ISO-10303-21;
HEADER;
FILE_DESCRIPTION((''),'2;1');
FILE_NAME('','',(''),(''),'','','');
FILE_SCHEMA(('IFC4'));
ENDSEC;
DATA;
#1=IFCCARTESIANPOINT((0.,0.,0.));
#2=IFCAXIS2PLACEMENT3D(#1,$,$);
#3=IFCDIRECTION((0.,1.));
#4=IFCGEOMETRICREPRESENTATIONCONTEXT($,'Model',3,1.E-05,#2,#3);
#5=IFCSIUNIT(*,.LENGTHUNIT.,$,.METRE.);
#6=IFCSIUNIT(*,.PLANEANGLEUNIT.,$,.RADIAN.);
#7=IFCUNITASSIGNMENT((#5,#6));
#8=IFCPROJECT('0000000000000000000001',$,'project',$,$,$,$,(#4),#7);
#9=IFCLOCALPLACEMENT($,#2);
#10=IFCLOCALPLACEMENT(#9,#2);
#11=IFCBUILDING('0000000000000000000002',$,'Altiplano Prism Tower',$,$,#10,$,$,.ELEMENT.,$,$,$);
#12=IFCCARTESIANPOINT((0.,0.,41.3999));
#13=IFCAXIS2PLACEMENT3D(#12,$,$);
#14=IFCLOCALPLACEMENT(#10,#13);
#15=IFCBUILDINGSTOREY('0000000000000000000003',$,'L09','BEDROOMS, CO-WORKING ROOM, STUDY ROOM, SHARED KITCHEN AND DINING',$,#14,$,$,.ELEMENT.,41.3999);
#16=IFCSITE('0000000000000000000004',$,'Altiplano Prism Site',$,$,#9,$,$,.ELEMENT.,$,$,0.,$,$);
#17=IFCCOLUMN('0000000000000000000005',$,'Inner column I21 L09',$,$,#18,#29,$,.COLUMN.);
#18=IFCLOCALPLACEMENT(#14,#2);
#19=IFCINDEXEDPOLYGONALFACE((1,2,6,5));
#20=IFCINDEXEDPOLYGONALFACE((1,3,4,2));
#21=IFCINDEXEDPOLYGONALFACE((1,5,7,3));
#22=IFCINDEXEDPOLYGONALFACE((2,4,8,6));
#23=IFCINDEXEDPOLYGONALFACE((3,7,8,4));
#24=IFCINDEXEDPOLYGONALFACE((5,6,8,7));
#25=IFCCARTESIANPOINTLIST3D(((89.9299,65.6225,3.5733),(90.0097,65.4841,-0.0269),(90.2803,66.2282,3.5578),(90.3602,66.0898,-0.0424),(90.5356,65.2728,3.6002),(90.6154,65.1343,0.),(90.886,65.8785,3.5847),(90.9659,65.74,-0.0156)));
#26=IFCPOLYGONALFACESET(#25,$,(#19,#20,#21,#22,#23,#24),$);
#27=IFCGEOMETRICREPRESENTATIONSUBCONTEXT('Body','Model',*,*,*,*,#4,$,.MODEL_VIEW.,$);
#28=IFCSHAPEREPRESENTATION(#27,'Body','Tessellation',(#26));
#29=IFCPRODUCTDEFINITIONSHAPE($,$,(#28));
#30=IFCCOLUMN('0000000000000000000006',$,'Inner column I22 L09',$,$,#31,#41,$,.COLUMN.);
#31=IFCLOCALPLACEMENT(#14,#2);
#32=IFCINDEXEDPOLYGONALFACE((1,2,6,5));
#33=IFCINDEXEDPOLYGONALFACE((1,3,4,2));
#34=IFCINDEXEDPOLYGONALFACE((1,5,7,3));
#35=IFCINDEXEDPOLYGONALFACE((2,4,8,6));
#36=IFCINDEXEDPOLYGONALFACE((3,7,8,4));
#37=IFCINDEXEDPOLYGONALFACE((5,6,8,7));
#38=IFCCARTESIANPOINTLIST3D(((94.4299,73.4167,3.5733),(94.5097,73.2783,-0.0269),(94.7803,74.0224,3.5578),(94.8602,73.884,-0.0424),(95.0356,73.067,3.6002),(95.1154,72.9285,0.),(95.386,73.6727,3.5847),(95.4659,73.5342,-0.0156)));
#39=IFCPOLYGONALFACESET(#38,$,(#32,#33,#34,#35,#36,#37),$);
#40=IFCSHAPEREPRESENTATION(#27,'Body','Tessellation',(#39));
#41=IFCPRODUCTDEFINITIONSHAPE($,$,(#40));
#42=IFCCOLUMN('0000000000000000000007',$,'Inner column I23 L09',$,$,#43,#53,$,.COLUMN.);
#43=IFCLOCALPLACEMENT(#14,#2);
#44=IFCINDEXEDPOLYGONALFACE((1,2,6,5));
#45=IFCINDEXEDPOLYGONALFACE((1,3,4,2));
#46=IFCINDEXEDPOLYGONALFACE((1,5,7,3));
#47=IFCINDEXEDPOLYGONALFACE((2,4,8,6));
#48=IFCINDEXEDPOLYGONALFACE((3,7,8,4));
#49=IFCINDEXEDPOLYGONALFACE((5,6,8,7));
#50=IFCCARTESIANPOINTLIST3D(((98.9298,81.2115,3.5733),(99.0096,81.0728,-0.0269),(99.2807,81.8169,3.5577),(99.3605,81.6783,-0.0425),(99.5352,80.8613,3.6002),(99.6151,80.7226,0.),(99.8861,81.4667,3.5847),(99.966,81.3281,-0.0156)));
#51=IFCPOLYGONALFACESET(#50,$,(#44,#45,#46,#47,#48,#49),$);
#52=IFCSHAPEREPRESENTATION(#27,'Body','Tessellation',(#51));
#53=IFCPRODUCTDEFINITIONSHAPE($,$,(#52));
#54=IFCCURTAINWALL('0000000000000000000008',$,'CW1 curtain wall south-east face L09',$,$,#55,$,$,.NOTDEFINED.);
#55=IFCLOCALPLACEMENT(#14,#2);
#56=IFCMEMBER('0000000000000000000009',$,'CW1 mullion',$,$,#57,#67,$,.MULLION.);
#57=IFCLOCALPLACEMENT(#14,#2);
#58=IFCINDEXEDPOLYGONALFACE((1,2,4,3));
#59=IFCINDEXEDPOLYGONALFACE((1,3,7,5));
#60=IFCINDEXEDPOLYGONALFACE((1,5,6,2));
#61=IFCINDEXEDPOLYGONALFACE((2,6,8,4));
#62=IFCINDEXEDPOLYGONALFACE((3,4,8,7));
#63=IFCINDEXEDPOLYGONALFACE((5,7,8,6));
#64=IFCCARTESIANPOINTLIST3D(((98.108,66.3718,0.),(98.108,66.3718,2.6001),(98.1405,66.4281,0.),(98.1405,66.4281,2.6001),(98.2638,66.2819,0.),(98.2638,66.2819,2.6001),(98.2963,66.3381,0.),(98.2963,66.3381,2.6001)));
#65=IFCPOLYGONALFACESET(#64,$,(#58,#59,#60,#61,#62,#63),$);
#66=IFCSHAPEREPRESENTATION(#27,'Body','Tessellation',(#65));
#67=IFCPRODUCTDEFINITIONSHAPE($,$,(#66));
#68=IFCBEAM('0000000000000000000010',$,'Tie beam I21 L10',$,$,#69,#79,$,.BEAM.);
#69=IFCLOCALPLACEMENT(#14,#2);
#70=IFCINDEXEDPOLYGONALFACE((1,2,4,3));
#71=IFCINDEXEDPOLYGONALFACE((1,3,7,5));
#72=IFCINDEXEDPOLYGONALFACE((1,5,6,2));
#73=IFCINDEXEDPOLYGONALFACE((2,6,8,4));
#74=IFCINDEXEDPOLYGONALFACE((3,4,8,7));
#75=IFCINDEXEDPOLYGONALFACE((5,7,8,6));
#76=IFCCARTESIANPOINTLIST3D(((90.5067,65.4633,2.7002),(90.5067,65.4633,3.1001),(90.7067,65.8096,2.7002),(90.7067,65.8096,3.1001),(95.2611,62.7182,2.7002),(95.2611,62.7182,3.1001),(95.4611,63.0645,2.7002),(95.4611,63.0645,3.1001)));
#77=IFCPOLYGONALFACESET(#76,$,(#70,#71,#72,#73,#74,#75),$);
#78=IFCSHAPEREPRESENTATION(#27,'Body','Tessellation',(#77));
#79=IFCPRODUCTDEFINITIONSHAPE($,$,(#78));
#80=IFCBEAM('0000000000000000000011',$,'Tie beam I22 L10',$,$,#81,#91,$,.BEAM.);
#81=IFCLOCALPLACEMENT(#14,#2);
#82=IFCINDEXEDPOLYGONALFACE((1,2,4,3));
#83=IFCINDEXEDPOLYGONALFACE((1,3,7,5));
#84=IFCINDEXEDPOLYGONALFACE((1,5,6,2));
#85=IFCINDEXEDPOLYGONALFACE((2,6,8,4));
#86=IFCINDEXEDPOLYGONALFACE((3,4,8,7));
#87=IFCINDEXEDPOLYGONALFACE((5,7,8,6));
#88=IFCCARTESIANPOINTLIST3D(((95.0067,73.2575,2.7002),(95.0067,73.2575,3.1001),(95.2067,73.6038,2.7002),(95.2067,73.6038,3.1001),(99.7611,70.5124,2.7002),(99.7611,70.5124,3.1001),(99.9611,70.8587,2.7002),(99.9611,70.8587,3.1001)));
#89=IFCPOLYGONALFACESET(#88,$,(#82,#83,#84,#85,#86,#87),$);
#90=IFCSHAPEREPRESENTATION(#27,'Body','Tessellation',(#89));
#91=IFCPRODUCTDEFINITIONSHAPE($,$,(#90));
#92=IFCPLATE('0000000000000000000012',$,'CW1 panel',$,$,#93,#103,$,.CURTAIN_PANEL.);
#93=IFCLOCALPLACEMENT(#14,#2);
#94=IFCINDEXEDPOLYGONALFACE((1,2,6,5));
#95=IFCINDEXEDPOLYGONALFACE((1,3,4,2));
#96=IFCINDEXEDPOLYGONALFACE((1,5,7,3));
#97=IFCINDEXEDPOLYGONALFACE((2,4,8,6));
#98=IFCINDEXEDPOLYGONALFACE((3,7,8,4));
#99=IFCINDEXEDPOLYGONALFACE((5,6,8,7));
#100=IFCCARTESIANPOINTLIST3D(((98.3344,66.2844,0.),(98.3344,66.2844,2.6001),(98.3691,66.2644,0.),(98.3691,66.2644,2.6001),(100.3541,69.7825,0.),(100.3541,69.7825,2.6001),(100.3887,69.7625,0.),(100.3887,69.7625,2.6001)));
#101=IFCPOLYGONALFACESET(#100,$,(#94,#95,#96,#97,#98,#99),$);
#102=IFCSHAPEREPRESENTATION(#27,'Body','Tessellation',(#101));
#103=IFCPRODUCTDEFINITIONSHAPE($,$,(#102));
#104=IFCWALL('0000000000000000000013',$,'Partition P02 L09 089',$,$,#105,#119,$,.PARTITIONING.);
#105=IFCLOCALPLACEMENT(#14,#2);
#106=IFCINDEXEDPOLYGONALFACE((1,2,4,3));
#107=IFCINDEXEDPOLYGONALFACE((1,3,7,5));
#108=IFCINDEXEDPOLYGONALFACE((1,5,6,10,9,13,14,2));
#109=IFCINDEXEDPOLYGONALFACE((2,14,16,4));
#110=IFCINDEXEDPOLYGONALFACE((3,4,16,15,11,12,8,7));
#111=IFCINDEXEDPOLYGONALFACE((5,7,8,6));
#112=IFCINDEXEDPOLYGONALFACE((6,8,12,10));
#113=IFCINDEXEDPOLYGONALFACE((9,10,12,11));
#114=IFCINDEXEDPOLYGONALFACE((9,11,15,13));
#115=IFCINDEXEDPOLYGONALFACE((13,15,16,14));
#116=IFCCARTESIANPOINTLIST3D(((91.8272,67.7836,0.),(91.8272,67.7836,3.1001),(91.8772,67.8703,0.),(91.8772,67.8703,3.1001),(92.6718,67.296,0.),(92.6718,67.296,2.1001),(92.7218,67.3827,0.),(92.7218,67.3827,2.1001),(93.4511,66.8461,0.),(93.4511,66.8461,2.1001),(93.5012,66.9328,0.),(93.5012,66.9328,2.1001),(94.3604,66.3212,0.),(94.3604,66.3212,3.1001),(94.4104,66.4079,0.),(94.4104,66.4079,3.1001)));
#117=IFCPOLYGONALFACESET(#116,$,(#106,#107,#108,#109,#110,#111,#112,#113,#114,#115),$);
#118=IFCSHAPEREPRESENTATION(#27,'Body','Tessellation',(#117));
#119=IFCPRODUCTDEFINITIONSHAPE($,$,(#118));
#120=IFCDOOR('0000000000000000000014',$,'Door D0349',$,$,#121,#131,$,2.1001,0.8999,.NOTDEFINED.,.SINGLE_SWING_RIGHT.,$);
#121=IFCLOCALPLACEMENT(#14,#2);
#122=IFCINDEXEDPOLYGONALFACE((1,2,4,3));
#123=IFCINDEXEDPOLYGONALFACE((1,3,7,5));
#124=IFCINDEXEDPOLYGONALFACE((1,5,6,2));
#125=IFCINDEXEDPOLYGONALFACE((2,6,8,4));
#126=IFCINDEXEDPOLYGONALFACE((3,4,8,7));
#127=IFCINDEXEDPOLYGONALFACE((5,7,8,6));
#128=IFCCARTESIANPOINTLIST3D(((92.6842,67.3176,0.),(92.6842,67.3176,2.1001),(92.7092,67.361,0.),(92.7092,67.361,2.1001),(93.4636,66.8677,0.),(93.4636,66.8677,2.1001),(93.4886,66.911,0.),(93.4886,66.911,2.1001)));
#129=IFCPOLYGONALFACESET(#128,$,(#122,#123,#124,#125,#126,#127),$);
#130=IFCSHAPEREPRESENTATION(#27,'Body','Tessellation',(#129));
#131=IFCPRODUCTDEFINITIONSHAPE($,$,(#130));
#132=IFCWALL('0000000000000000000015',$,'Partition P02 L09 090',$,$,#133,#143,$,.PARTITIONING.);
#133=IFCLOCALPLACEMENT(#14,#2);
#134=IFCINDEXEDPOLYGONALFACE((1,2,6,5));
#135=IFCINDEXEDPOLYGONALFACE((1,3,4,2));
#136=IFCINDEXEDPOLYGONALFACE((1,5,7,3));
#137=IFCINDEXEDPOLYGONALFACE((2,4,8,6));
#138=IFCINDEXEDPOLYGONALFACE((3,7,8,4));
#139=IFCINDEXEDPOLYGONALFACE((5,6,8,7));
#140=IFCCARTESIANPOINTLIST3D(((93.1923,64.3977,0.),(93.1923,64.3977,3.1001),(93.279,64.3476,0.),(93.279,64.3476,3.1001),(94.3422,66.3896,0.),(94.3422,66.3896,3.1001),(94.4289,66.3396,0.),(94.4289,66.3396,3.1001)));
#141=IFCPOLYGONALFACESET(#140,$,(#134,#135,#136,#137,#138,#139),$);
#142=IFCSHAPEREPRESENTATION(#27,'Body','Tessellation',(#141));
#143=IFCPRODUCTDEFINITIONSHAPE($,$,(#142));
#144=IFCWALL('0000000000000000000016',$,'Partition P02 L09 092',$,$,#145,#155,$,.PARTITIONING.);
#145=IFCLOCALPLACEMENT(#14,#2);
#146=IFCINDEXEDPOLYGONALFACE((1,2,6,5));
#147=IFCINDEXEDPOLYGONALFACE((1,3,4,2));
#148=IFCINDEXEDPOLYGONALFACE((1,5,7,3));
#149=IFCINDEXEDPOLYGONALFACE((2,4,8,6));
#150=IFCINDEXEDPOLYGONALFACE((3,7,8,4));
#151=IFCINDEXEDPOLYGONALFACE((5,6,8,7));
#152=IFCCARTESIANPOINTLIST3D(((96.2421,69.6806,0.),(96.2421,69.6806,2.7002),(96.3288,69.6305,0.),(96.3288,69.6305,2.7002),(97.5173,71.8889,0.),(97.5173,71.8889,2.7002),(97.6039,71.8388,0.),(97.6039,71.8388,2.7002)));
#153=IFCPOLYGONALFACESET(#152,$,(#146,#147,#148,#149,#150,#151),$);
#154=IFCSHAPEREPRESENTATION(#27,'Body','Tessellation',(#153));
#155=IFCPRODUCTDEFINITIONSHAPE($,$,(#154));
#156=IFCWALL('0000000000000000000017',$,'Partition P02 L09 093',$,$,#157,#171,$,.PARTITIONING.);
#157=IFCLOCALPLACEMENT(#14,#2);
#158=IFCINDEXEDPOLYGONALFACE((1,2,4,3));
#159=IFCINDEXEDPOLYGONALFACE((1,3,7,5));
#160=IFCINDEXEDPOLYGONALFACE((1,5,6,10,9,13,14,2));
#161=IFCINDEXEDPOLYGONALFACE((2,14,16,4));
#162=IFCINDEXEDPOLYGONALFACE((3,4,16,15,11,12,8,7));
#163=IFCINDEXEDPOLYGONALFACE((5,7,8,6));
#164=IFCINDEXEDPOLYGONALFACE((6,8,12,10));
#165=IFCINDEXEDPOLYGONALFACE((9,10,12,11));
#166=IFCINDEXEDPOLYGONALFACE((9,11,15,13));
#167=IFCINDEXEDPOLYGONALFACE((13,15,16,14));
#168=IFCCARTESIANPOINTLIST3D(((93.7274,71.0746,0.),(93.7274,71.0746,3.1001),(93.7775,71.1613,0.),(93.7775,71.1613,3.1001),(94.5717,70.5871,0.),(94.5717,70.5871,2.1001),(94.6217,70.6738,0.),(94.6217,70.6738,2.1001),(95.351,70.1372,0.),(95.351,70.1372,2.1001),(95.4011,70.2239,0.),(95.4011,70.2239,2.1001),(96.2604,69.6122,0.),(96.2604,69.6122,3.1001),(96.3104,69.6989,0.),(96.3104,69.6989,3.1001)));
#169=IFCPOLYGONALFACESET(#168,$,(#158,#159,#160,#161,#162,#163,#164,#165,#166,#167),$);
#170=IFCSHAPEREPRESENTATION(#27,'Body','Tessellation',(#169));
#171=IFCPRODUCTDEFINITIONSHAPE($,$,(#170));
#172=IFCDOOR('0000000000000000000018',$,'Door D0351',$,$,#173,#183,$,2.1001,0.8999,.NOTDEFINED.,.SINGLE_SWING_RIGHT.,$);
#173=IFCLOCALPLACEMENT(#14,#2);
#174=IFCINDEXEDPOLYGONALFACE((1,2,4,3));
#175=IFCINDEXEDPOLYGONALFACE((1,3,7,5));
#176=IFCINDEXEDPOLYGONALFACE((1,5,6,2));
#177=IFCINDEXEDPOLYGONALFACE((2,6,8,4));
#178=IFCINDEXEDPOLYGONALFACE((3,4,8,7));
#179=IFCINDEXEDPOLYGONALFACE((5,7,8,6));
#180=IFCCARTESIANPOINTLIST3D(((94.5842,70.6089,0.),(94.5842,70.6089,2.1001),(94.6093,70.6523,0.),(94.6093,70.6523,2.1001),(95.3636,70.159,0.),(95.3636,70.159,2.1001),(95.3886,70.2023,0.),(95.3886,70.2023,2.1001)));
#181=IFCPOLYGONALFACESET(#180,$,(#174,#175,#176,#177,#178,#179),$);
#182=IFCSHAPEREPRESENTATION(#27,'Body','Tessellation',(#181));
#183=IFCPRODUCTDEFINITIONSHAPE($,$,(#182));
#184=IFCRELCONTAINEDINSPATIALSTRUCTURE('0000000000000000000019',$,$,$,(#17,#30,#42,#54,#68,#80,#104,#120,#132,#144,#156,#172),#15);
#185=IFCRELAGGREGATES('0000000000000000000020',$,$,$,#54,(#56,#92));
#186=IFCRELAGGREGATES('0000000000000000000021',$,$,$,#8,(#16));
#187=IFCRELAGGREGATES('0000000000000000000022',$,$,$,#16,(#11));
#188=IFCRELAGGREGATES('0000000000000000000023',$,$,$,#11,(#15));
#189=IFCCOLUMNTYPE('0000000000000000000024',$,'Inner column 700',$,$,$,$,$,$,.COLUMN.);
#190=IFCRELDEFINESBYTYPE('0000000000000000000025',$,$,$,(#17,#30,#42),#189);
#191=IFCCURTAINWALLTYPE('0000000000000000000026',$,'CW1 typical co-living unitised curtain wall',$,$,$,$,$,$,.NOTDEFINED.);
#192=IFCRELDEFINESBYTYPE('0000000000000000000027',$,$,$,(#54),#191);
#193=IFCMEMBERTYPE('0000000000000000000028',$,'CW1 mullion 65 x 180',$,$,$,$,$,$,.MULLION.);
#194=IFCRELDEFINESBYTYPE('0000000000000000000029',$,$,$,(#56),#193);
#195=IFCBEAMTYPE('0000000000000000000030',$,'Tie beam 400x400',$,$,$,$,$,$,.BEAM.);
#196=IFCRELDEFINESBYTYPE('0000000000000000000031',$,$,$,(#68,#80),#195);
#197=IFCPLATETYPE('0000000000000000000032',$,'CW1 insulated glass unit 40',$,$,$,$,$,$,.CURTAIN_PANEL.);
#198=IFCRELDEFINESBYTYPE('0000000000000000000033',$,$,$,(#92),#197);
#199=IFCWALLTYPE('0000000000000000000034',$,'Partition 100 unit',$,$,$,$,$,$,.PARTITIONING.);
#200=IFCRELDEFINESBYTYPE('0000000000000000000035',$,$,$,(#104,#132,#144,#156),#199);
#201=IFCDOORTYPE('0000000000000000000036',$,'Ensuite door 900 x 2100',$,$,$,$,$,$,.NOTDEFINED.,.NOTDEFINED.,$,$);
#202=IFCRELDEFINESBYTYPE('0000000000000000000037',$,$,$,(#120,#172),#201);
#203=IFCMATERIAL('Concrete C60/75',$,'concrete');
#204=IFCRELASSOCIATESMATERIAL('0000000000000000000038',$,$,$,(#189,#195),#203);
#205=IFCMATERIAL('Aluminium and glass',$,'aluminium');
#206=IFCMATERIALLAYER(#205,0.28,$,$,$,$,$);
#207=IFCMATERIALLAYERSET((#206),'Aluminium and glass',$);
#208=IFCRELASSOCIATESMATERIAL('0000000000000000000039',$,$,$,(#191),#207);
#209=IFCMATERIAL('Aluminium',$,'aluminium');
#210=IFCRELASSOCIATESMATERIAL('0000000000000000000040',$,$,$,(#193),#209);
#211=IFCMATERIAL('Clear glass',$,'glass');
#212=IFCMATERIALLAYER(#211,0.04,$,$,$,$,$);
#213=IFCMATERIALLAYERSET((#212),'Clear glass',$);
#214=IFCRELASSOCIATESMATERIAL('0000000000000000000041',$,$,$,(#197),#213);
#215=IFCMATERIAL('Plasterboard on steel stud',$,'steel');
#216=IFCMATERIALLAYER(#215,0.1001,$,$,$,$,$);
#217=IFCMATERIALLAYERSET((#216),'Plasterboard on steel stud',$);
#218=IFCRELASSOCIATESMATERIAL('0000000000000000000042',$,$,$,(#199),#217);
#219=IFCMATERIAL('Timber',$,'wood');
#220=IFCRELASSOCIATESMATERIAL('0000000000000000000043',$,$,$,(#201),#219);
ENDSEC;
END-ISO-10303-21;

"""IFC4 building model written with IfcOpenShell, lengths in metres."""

from ifc_helpers import new_model, si_unit, direction, frame, frame_2d, origin, origin_2d, place, context, subcontext, project, spatial, rectangle, extrude, material, layer, layer_set, material_profile, profile_set, type_object, element, fill, aggregate, save


model = new_model("IFC4")

# Units and contexts
model_context = context("Model", 3, precision=1e-05, world=origin(), true_north=direction((0.0, 1.0)))
body_context = subcontext(model_context, "Body", "Model", "MODEL_VIEW")
ifc_project = project(units=[si_unit("LENGTHUNIT", "METRE"), si_unit("PLANEANGLEUNIT", "RADIAN")], contexts=[model_context])

# Site, building, storey
site_placement = place(None, origin())
site = spatial("IfcSite", under=ifc_project, at=site_placement, Name="Altiplano Prism Site", CompositionType="ELEMENT", RefElevation=0.0)
building_placement = place(site_placement, origin())
building = spatial("IfcBuilding", under=site, at=building_placement, Name="Altiplano Prism Tower", CompositionType="ELEMENT")
storey_placement = place(building_placement, frame((0.0, 0.0, 41.3999)))
storey = spatial("IfcBuildingStorey", under=building, at=storey_placement, Name="L09", Description="BEDROOMS, CO-WORKING ROOM, STUDY ROOM, SHARED KITCHEN AND DINING", CompositionType="ELEMENT", Elevation=41.3999)

# Columns
ifc_material_1 = material(Name="Concrete C60/75", Category="concrete")
ifc_material_profile_1 = material_profile(ifc_material_1, rectangle(XDim=0.7, YDim=0.7, at=origin_2d()), Name="Inner column 700")
ifc_profile_set_1 = profile_set([ifc_material_profile_1], Name="Concrete C60/75")
column_type = type_object("IfcColumnType", Name="Inner column 700", PredefinedType="COLUMN", material=ifc_profile_set_1)
for number, where, z_axis, x_axis, name in (
    (1, (90.4878, 65.6121, -0.0212), (-0.022154, 0.038413, 0.999016), (-0.500653, -0.865364, 0.022172), "Inner column I21 L09"),
    (2, (94.9878, 73.4062, -0.0212), (-0.022154, 0.038413, 0.999016), (-0.500653, -0.865364, 0.022172), "Inner column I22 L09"),
    (3, (99.4878, 81.2004, -0.0212), (-0.022154, 0.038481, 0.999014), (-0.501313, -0.864981, 0.022201), "Inner column I23 L09"),
):
    element("IfcColumn", number, at=place(storey_placement, frame(where, z_axis=z_axis, x_axis=x_axis)), inside=storey, type_object=column_type, Name=name, PredefinedType="COLUMN", context=body_context, shape_type="SweptSolid", body=[
        extrude(rectangle(XDim=0.7, YDim=0.7, at=origin_2d()), origin(), (0.0, 0.0, 1.0), 3.6038),
    ])

# Curtain wall, member
ifc_material_2 = material(Name="Aluminium and glass", Category="aluminium")
ifc_layer_1 = layer(ifc_material_2, 0.28)
ifc_layer_set_1 = layer_set([ifc_layer_1], Name="Aluminium and glass")
curtain_wall_type = type_object("IfcCurtainWallType", Name="CW1 typical co-living unitised curtain wall", PredefinedType="NOTDEFINED", material=ifc_layer_set_1)
curtain_wall_placement = place(storey_placement, origin())
curtain_wall = element("IfcCurtainWall", 4, at=curtain_wall_placement, inside=storey, type_object=curtain_wall_type, Name="CW1 curtain wall south-east face L09", PredefinedType="NOTDEFINED")
ifc_material_3 = material(Name="Aluminium", Category="aluminium")
ifc_material_profile_2 = material_profile(ifc_material_3, rectangle(XDim=0.1799, YDim=0.0649, at=origin_2d()), Name="CW1 mullion 65 x 180")
ifc_profile_set_2 = profile_set([ifc_material_profile_2], Name="Aluminium")
member_type = type_object("IfcMemberType", Name="CW1 mullion 65 x 180", PredefinedType="MULLION", material=ifc_profile_set_2)
member_placement = place(storey_placement, frame((98.2021, 66.355, 0.0), z_axis=(0.0, 0.0, 1.0), x_axis=(-0.866025, 0.5, 0.0)))
member = element("IfcMember", 5, at=member_placement, type_object=member_type, Name="CW1 mullion", PredefinedType="MULLION", context=body_context, shape_type="SweptSolid", body=[
    extrude(rectangle(XDim=0.1799, YDim=0.0649, at=origin_2d()), origin(), (0.0, 0.0, 1.0), 2.6001),
])

# Beams
ifc_material_profile_3 = material_profile(ifc_material_1, rectangle(XDim=0.3999, YDim=0.3999, at=origin_2d()), Name="Tie beam 400x400")
ifc_profile_set_3 = profile_set([ifc_material_profile_3], Name="Concrete C60/75")
beam_type = type_object("IfcBeamType", Name="Tie beam 400x400", PredefinedType="BEAM", material=ifc_profile_set_3)
for number, where, z_axis, x_axis, name in (
    (6, (90.6067, 65.6365, 2.9001), (0.866012, -0.500023, 0.0), (0.500023, 0.866012, 0.0), "Tie beam I21 L10"),
    (7, (95.1067, 73.4307, 2.9001), (0.866012, -0.500023, 0.0), (0.500023, 0.866012, 0.0), "Tie beam I22 L10"),
):
    element("IfcBeam", number, at=place(storey_placement, frame(where, z_axis=z_axis, x_axis=x_axis)), inside=storey, type_object=beam_type, Name=name, PredefinedType="BEAM", context=body_context, shape_type="SweptSolid", body=[
        extrude(rectangle(XDim=0.3999, YDim=0.3999, at=origin_2d()), origin(), (0.0, 0.0, 1.0), 5.49),
    ])

# Plate
ifc_material_4 = material(Name="Clear glass", Category="glass")
ifc_layer_2 = layer(ifc_material_4, 0.04)
ifc_layer_set_2 = layer_set([ifc_layer_2], Name="Clear glass")
plate_type = type_object("IfcPlateType", Name="CW1 insulated glass unit 40", PredefinedType="CURTAIN_PANEL", material=ifc_layer_set_2)
plate_placement = place(storey_placement, frame((99.3616, 68.0234, 0.0), z_axis=(0.0, 0.0, 1.0), x_axis=(0.5, 0.866025, 0.0)))
plate = element("IfcPlate", 8, at=plate_placement, type_object=plate_type, Name="CW1 panel", PredefinedType="CURTAIN_PANEL", context=body_context, shape_type="SweptSolid", body=[
    extrude(rectangle(XDim=4.0393, YDim=0.04, at=origin_2d()), origin(), (0.0, 0.0, 1.0), 2.6001),
])
aggregate(curtain_wall, [member, plate])

# Wall, opening, door
ifc_material_5 = material(Name="Plasterboard on steel stud", Category="steel")
ifc_layer_3 = layer(ifc_material_5, 0.1001)
ifc_layer_set_3 = layer_set([ifc_layer_3], Name="Plasterboard on steel stud")
wall_type_1 = type_object("IfcWallType", Name="Partition 100 unit", PredefinedType="PARTITIONING", material=ifc_layer_set_3)
wall_1_placement = place(storey_placement, frame((91.8523, 67.8269, 0.0), z_axis=(0.0, 0.0, 1.0), x_axis=(0.866047, -0.499963, 0.0)))
wall_1 = element("IfcWall", 9, at=wall_1_placement, inside=storey, type_object=wall_type_1, Name="Partition P02 L09 089", PredefinedType="PARTITIONING", context=body_context, shape_type="SweptSolid", body=[
    extrude(rectangle(XDim=2.925, YDim=0.1001, at=frame_2d((1.4624, 0.0))), origin(), (0.0, 0.0, 1.0), 3.1001),
])
opening_1_placement = place(wall_1_placement, frame((0.9751, 0.0, 0.0)))
opening_1 = element("IfcOpeningElement", 10, at=opening_1_placement, cuts=wall_1, PredefinedType="OPENING", context=body_context, shape_type="SweptSolid", body=[
    extrude(rectangle(XDim=0.8999, YDim=2.1001, at=frame_2d((0.45, 1.05))), frame((0.0, 0.0605, 0.0), z_axis=(0.0, -1.0, 0.0), x_axis=(1.0, 0.0, 0.0)), (0.0, 0.0, 1.0), 0.1211),
])
ifc_material_6 = material(Name="Timber", Category="wood")
door_type = type_object("IfcDoorType", Name="Ensuite door 900 x 2100", OperationType="NOTDEFINED", PredefinedType="NOTDEFINED", material=ifc_material_6)
door_1_placement = place(opening_1_placement, origin())
door_1 = element("IfcDoor", 11, at=door_1_placement, inside=storey, type_object=door_type, Name="Door D0349", OperationType="SINGLE_SWING_RIGHT", OverallHeight=2.1001, OverallWidth=0.8999, PredefinedType="NOTDEFINED", context=body_context, shape_type="SweptSolid", body=[
    extrude(rectangle(XDim=0.8999, YDim=2.1001, at=frame_2d((0.45, 1.05))), frame((0.0, 0.0249, 0.0), z_axis=(0.0, -1.0, 0.0), x_axis=(1.0, 0.0, 0.0)), (0.0, 0.0, 1.0), 0.05),
])
fill(opening_1, door_1)

# Walls
wall_2_placement = place(storey_placement, frame((94.3855, 66.3645, 0.0), z_axis=(0.0, 0.0, 1.0), x_axis=(-0.499952, -0.866053, 0.0)))
element("IfcWall", 12, at=wall_2_placement, inside=storey, type_object=wall_type_1, Name="Partition P02 L09 090", PredefinedType="PARTITIONING", context=body_context, shape_type="SweptSolid", body=[
    extrude(rectangle(XDim=2.3, YDim=0.1001, at=frame_2d((1.1499, 0.0))), origin(), (0.0, 0.0, 1.0), 3.1001),
])
wall_3_placement = place(storey_placement, frame((97.5605, 71.8638, 0.0), z_axis=(0.0, 0.0, 1.0), x_axis=(-0.500062, -0.865989, 0.0)))
element("IfcWall", 13, at=wall_3_placement, inside=storey, type_object=wall_type_1, Name="Partition P02 L09 092", PredefinedType="PARTITIONING", context=body_context, shape_type="SweptSolid", body=[
    extrude(rectangle(XDim=2.55, YDim=0.1001, at=frame_2d((1.2749, 0.0))), origin(), (0.0, 0.0, 1.0), 2.7002),
])

# Wall, opening, door
wall_4_placement = place(storey_placement, frame((96.2854, 69.6555, 0.0), z_axis=(0.0, 0.0, 1.0), x_axis=(-0.866026, 0.499999, 0.0)))
wall_4 = element("IfcWall", 14, at=wall_4_placement, inside=storey, type_object=wall_type_1, Name="Partition P02 L09 093", PredefinedType="PARTITIONING", context=body_context, shape_type="SweptSolid", body=[
    extrude(rectangle(XDim=2.9248, YDim=0.1001, at=frame_2d((1.4624, 0.0))), origin(), (0.0, 0.0, 1.0), 3.1001),
])
opening_2_placement = place(wall_4_placement, frame((1.05, 0.0, 0.0)))
opening_2 = element("IfcOpeningElement", 15, at=opening_2_placement, cuts=wall_4, PredefinedType="OPENING", context=body_context, shape_type="SweptSolid", body=[
    extrude(rectangle(XDim=0.8999, YDim=2.1001, at=frame_2d((0.45, 1.05))), frame((0.0, 0.0605, 0.0), z_axis=(0.0, -1.0, 0.0), x_axis=(1.0, 0.0, 0.0)), (0.0, 0.0, 1.0), 0.1211),
])
door_2_placement = place(opening_2_placement, origin())
door_2 = element("IfcDoor", 16, at=door_2_placement, inside=storey, type_object=door_type, Name="Door D0351", OperationType="SINGLE_SWING_RIGHT", OverallHeight=2.1001, OverallWidth=0.8999, PredefinedType="NOTDEFINED", context=body_context, shape_type="SweptSolid", body=[
    extrude(rectangle(XDim=0.8999, YDim=2.1001, at=frame_2d((0.45, 1.05))), frame((0.0, 0.0249, 0.0), z_axis=(0.0, -1.0, 0.0), x_axis=(1.0, 0.0, 0.0)), (0.0, 0.0, 1.0), 0.05),
])
fill(opening_2, door_2)

save(model, "model.ifc")
